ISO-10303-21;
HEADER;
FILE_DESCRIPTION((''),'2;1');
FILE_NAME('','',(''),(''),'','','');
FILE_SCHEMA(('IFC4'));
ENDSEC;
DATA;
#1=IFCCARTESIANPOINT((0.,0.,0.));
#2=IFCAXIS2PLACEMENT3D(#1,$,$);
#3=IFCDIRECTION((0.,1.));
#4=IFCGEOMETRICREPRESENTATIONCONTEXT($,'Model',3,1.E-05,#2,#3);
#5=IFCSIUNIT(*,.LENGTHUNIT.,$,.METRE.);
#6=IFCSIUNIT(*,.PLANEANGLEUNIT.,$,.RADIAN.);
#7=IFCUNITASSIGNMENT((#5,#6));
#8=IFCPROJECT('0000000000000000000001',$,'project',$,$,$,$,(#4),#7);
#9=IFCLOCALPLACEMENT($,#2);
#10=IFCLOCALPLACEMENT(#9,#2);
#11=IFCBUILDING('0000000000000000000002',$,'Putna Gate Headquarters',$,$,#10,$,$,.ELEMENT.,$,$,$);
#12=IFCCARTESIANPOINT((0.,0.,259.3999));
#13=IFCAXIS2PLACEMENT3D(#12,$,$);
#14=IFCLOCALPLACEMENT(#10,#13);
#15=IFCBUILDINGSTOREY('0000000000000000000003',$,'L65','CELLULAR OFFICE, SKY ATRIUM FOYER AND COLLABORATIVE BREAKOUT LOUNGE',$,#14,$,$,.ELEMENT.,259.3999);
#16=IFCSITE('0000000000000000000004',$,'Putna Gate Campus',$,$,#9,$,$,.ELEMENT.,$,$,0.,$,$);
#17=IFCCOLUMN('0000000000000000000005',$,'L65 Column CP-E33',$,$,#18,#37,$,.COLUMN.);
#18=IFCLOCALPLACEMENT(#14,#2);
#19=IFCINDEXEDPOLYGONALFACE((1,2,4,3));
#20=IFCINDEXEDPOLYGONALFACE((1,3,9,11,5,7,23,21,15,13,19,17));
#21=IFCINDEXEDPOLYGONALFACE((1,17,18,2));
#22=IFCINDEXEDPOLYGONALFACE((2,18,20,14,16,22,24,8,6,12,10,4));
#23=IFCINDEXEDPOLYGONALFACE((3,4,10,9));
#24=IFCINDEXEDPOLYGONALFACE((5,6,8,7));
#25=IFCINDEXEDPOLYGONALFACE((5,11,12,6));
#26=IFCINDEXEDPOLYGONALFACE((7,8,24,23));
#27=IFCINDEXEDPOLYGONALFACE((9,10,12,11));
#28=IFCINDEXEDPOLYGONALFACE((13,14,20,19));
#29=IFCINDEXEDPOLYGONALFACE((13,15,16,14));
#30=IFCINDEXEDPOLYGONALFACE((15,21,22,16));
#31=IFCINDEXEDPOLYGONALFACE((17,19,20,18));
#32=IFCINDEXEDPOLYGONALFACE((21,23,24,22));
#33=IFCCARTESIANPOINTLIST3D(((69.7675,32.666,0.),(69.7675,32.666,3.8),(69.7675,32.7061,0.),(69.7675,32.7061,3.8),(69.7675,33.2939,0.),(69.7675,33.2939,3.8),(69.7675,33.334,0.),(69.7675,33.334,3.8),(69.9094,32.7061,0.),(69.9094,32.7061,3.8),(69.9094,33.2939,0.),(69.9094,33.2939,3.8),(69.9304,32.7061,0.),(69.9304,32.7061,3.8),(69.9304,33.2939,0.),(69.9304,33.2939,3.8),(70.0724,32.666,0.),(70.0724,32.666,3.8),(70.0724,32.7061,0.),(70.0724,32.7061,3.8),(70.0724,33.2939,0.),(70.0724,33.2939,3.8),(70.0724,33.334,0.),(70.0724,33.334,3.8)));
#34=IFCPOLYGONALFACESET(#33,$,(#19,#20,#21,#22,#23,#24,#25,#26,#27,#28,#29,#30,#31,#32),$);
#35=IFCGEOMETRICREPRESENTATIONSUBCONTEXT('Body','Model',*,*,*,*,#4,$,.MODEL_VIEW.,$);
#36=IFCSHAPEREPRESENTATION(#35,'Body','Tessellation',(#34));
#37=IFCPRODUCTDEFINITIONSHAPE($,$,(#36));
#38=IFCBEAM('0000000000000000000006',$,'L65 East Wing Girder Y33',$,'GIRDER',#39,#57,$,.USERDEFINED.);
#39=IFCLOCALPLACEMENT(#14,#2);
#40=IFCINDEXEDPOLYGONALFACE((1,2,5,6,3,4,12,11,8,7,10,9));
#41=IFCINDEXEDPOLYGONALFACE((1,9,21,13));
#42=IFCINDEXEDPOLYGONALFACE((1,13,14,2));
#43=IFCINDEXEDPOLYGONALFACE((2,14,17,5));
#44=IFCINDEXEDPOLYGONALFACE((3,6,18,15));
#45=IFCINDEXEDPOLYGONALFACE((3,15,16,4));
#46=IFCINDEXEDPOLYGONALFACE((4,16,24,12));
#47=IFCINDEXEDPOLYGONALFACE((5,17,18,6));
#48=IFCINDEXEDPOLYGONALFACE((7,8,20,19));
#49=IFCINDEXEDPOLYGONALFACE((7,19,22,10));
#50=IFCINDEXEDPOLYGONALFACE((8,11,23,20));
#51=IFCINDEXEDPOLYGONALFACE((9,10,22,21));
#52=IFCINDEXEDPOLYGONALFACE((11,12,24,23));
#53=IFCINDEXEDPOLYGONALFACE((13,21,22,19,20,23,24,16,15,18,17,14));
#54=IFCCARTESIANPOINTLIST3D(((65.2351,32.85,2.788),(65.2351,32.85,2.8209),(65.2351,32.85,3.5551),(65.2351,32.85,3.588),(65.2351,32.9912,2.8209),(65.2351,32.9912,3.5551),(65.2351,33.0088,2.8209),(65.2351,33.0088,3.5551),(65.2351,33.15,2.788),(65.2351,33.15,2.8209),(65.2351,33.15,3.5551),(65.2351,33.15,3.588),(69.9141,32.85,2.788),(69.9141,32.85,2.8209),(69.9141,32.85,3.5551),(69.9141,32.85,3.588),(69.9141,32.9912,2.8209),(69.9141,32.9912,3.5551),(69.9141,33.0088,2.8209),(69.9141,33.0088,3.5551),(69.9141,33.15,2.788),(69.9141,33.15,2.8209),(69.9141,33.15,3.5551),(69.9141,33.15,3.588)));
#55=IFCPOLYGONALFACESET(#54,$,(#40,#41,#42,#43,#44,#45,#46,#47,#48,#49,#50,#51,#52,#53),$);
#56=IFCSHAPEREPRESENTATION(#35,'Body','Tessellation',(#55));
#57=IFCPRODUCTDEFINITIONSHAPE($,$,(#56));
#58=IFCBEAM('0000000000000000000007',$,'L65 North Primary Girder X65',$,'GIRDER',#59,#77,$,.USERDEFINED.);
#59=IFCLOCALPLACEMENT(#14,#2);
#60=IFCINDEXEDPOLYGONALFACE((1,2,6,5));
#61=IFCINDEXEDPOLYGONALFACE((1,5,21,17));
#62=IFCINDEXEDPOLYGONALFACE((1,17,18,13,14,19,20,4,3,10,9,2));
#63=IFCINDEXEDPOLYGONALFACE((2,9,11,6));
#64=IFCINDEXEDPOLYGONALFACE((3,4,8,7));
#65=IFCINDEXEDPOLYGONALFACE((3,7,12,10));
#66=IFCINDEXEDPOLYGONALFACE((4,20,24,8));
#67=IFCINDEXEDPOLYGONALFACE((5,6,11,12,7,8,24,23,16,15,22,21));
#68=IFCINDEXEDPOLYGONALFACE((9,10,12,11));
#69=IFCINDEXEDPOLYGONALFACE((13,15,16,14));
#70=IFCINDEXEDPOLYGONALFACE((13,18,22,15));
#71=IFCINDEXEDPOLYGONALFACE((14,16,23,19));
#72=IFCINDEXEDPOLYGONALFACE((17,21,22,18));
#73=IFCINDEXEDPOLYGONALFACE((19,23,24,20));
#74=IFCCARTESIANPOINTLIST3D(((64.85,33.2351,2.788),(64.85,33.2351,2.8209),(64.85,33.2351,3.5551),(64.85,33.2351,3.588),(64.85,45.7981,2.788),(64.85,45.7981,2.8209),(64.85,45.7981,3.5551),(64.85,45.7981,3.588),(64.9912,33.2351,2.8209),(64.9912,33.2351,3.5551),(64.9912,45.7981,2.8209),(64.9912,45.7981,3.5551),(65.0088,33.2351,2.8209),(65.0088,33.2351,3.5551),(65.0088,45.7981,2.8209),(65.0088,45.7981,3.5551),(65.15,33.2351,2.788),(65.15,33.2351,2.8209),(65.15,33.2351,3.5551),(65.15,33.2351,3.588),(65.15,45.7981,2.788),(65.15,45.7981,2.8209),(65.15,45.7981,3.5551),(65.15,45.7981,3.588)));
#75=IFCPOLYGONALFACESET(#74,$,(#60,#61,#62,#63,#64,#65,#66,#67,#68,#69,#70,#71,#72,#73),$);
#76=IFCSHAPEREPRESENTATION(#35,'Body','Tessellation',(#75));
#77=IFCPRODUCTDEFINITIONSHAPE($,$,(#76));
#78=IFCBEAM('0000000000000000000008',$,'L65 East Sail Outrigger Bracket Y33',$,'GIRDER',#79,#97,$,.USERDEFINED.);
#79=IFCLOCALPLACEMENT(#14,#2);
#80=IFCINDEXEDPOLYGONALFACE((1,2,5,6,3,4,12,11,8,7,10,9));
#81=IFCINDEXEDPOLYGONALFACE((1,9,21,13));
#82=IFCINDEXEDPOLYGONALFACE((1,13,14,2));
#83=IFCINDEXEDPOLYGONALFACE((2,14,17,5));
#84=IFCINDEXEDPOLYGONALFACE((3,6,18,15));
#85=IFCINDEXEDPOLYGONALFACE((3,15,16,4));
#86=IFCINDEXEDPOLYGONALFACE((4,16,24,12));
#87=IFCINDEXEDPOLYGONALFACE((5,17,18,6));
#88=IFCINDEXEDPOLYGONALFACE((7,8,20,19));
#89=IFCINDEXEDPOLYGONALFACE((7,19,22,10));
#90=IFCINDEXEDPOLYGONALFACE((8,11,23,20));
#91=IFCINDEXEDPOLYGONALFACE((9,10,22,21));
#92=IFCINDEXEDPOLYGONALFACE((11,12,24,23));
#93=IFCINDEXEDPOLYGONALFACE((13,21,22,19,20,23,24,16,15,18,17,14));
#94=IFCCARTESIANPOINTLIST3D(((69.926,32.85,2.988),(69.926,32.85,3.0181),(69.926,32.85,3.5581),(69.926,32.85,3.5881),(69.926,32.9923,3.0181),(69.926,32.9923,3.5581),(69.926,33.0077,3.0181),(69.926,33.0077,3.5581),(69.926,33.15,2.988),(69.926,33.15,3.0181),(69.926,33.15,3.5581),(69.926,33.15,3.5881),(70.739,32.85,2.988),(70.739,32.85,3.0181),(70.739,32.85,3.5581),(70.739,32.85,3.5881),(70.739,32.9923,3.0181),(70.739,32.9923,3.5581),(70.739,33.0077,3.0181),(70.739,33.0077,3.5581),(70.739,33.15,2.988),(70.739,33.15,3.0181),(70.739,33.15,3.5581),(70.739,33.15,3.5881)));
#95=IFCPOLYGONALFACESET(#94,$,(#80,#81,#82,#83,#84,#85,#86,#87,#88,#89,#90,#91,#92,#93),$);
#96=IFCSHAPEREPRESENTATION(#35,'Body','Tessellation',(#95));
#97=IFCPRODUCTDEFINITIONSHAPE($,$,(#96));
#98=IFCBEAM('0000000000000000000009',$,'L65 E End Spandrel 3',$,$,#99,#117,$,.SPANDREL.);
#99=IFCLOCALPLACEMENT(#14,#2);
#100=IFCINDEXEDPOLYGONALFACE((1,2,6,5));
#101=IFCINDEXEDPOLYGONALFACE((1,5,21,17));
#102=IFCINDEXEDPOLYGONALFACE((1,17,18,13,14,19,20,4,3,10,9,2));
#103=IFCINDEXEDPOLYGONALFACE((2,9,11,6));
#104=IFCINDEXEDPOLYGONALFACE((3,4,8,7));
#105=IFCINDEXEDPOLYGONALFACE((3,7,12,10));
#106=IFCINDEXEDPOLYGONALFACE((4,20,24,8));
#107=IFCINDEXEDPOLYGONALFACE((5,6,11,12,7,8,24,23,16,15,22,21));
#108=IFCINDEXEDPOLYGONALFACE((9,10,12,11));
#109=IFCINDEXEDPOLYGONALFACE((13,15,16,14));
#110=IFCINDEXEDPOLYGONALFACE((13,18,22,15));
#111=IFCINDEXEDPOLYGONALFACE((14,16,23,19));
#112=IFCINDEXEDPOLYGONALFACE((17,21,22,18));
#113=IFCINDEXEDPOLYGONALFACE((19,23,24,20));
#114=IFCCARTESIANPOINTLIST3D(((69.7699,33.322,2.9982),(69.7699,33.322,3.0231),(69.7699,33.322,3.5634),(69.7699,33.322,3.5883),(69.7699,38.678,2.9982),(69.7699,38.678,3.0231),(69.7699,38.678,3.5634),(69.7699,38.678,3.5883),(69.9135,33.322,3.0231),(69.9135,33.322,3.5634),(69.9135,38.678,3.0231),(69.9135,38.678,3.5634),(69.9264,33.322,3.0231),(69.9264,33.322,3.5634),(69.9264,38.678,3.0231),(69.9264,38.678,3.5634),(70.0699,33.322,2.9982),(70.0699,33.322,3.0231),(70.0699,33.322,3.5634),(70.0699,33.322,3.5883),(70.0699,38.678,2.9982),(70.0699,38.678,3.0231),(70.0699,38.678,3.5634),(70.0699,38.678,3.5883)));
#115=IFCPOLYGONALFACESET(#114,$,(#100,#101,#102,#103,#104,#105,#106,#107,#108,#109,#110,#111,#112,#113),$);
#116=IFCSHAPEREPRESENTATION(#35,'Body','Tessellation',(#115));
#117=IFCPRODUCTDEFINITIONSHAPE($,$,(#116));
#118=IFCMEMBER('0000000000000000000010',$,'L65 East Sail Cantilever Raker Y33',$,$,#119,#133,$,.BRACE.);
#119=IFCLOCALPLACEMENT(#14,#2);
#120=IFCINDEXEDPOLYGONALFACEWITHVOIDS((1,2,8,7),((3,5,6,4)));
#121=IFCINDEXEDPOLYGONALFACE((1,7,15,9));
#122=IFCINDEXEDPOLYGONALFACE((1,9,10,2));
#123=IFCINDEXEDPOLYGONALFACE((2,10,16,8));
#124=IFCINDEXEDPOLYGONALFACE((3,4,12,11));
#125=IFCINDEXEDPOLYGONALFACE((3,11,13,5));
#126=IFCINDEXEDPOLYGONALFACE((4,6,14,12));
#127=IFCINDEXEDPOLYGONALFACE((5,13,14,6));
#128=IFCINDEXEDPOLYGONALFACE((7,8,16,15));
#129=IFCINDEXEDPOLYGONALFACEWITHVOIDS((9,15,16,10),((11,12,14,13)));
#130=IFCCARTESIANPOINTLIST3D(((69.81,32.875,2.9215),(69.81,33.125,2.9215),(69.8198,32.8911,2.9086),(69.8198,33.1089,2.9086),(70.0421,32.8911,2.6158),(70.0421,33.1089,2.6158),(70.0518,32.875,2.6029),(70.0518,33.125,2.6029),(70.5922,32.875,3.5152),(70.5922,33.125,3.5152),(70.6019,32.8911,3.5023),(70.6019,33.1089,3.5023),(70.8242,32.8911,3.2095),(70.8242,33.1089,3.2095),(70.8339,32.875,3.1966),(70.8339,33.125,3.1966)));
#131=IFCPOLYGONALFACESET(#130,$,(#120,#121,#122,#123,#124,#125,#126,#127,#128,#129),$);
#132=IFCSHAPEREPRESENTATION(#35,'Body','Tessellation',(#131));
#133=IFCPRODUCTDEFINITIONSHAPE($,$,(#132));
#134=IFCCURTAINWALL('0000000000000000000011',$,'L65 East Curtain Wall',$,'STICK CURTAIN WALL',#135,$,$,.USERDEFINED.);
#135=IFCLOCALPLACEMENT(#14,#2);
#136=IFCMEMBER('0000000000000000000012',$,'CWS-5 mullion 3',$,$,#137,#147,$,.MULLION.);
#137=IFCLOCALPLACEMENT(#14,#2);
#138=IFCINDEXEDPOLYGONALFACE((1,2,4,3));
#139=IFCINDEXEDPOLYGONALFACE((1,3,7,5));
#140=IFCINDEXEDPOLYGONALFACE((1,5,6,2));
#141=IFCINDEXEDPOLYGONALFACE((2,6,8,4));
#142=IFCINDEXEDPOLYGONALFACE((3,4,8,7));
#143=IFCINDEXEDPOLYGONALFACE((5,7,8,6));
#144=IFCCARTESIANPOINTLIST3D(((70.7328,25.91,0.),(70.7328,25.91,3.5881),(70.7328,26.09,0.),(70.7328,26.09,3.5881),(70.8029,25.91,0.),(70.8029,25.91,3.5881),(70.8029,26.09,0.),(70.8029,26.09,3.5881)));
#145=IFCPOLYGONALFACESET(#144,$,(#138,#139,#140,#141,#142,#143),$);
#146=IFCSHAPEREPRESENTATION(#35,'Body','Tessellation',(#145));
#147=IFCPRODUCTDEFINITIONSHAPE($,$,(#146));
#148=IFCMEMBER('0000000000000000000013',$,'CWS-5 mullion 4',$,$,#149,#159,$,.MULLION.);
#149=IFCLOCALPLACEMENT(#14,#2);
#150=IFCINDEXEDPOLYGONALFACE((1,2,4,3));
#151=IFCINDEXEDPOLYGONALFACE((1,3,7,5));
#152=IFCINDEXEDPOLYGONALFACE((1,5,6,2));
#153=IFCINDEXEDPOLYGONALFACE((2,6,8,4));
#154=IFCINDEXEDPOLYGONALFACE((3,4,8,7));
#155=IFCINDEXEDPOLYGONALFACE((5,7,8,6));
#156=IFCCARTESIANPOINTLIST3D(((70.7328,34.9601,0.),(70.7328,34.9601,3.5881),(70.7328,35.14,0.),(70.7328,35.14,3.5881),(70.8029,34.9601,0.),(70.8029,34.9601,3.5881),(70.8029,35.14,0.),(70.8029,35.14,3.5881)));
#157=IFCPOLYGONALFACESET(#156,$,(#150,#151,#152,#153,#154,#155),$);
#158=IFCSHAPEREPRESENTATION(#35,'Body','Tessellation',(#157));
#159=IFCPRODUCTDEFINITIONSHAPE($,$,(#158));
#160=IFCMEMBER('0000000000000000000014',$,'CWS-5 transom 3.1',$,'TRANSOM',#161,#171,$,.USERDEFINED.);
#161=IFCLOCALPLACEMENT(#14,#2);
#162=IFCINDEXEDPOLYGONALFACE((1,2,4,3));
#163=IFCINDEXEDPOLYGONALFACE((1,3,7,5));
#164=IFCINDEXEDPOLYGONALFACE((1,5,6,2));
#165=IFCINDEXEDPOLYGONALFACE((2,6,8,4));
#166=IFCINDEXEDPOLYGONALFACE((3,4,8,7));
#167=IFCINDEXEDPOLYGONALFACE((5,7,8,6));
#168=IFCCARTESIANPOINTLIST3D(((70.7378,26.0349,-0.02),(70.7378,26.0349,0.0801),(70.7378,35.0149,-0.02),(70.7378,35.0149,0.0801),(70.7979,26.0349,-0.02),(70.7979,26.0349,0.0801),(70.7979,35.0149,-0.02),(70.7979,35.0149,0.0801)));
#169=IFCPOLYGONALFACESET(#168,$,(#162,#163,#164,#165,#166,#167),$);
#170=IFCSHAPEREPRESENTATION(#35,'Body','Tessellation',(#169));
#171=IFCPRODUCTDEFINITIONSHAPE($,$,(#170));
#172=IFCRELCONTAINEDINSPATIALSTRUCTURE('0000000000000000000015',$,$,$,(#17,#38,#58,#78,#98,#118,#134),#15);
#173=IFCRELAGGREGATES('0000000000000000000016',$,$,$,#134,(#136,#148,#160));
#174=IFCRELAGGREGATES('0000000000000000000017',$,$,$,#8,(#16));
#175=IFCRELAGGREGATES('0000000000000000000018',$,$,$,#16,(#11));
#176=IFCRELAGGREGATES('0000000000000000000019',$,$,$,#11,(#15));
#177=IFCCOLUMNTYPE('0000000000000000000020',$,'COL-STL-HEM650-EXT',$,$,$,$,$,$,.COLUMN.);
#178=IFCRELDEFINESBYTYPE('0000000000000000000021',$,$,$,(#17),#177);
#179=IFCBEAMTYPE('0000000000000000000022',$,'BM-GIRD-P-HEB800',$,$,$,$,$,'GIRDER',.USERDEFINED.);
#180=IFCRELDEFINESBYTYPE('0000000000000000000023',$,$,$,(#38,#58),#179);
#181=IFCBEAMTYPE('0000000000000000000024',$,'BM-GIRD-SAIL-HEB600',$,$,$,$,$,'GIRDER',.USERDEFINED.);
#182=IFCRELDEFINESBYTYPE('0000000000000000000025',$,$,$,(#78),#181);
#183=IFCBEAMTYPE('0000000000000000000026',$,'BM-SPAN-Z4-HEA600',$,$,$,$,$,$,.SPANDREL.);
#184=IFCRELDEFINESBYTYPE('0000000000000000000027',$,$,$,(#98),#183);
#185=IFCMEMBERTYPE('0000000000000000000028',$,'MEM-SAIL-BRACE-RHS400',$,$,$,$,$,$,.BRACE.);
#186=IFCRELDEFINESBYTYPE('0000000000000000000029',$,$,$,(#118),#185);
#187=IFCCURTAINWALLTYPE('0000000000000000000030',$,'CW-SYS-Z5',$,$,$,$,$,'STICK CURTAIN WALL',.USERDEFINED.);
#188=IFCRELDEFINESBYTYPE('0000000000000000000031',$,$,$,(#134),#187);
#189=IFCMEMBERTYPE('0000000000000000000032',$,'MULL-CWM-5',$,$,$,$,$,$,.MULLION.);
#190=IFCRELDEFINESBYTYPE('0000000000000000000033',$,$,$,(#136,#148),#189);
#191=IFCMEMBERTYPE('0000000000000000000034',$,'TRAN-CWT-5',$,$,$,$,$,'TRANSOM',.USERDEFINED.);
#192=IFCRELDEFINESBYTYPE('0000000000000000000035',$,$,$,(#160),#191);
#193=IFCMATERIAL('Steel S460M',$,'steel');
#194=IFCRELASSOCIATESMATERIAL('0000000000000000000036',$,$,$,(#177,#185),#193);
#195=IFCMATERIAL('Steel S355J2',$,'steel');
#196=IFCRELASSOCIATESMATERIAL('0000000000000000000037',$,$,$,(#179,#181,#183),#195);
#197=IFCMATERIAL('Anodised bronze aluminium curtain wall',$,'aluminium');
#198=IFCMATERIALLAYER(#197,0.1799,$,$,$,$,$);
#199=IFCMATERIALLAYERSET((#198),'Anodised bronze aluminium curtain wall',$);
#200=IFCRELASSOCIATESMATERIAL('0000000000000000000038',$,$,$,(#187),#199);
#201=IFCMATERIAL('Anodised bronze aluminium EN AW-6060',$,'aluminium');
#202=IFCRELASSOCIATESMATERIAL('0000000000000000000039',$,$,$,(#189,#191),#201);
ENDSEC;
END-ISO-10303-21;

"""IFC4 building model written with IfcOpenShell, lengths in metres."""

from ifc_helpers import new_model, si_unit, direction, frame, origin, origin_2d, place, context, subcontext, project, spatial, rectangle, hollow_rectangle, i_section, extrude, material, layer, layer_set, material_profile, profile_set, type_object, element, aggregate, save


model = new_model("IFC4")

# Units and contexts
model_context = context("Model", 3, precision=1e-05, world=origin(), true_north=direction((0.0, 1.0)))
body_context = subcontext(model_context, "Body", "Model", "MODEL_VIEW")
ifc_project = project(units=[si_unit("LENGTHUNIT", "METRE"), si_unit("PLANEANGLEUNIT", "RADIAN")], contexts=[model_context])

# Site, building, storey
site_placement = place(None, origin())
site = spatial("IfcSite", under=ifc_project, at=site_placement, Name="Putna Gate Campus", CompositionType="ELEMENT", RefElevation=0.0)
building_placement = place(site_placement, origin())
building = spatial("IfcBuilding", under=site, at=building_placement, Name="Putna Gate Headquarters", CompositionType="ELEMENT")
storey_placement = place(building_placement, frame((0.0, 0.0, 259.3999)))
storey = spatial("IfcBuildingStorey", under=building, at=storey_placement, Name="L65", Description="CELLULAR OFFICE, SKY ATRIUM FOYER AND COLLABORATIVE BREAKOUT LOUNGE", CompositionType="ELEMENT", Elevation=259.3999)

# Column
ifc_material_1 = material(Name="Steel S460M", Category="steel")
ifc_material_profile_1 = material_profile(ifc_material_1, i_section(OverallWidth=0.3049, OverallDepth=0.668, WebThickness=0.021, FlangeThickness=0.04, at=origin_2d()), Name="Steel S460M")
ifc_profile_set_1 = profile_set([ifc_material_profile_1], Name="Steel S460M")
column_type = type_object("IfcColumnType", Name="COL-STL-HEM650-EXT", PredefinedType="COLUMN", material=ifc_profile_set_1)
column_placement = place(storey_placement, frame((69.9199, 33.0, 0.0), z_axis=(0.0, 0.0, 1.0), x_axis=(1.0, 0.0, 0.0)))
element("IfcColumn", 1, at=column_placement, inside=storey, type_object=column_type, Name="L65 Column CP-E33", PredefinedType="COLUMN", context=body_context, shape_type="SweptSolid", body=[
    extrude(i_section(OverallWidth=0.3049, OverallDepth=0.668, WebThickness=0.021, FlangeThickness=0.04, at=origin_2d()), origin(), (0.0, 0.0, 1.0), 3.8),
])

# Beams
ifc_material_2 = material(Name="Steel S355J2", Category="steel")
ifc_material_profile_2 = material_profile(ifc_material_2, i_section(OverallWidth=0.3, OverallDepth=0.8, WebThickness=0.0176, FlangeThickness=0.033, at=origin_2d()), Name="Steel S355J2")
ifc_profile_set_2 = profile_set([ifc_material_profile_2], Name="Steel S355J2")
beam_type_1 = type_object("IfcBeamType", Name="BM-GIRD-P-HEB800", ElementType="GIRDER", PredefinedType="USERDEFINED", material=ifc_profile_set_2)
beam_1_placement = place(storey_placement, frame((65.2351, 33.0, 3.188), z_axis=(1.0, 0.0, 0.0), x_axis=(0.0, 1.0, 0.0)))
element("IfcBeam", 2, at=beam_1_placement, inside=storey, type_object=beam_type_1, Name="L65 East Wing Girder Y33", ObjectType="GIRDER", PredefinedType="USERDEFINED", context=body_context, shape_type="SweptSolid", body=[
    extrude(i_section(OverallWidth=0.3, OverallDepth=0.8, WebThickness=0.0176, FlangeThickness=0.033, at=origin_2d()), origin(), (0.0, 0.0, 1.0), 4.679),
])
beam_2_placement = place(storey_placement, frame((65.0, 33.2351, 3.188), z_axis=(0.0, 1.0, 0.0), x_axis=(-1.0, 0.0, 0.0)))
element("IfcBeam", 3, at=beam_2_placement, inside=storey, type_object=beam_type_1, Name="L65 North Primary Girder X65", ObjectType="GIRDER", PredefinedType="USERDEFINED", context=body_context, shape_type="SweptSolid", body=[
    extrude(i_section(OverallWidth=0.3, OverallDepth=0.8, WebThickness=0.0176, FlangeThickness=0.033, at=origin_2d()), origin(), (0.0, 0.0, 1.0), 12.563),
])
ifc_material_profile_3 = material_profile(ifc_material_2, i_section(OverallWidth=0.3, OverallDepth=0.6001, WebThickness=0.0154, FlangeThickness=0.03, at=origin_2d()), Name="Steel S355J2")
ifc_profile_set_3 = profile_set([ifc_material_profile_3], Name="Steel S355J2")
beam_type_2 = type_object("IfcBeamType", Name="BM-GIRD-SAIL-HEB600", ElementType="GIRDER", PredefinedType="USERDEFINED", material=ifc_profile_set_3)
beam_3_placement = place(storey_placement, frame((69.926, 33.0, 3.2881), z_axis=(1.0, 0.0, 0.0), x_axis=(0.0, 1.0, 0.0)))
element("IfcBeam", 4, at=beam_3_placement, inside=storey, type_object=beam_type_2, Name="L65 East Sail Outrigger Bracket Y33", ObjectType="GIRDER", PredefinedType="USERDEFINED", context=body_context, shape_type="SweptSolid", body=[
    extrude(i_section(OverallWidth=0.3, OverallDepth=0.6001, WebThickness=0.0154, FlangeThickness=0.03, at=origin_2d()), origin(), (0.0, 0.0, 1.0), 0.813),
])
ifc_material_profile_4 = material_profile(ifc_material_2, i_section(OverallWidth=0.3, OverallDepth=0.5901, WebThickness=0.0129, FlangeThickness=0.0249, at=origin_2d()), Name="Steel S355J2")
ifc_profile_set_4 = profile_set([ifc_material_profile_4], Name="Steel S355J2")
beam_type_3 = type_object("IfcBeamType", Name="BM-SPAN-Z4-HEA600", PredefinedType="SPANDREL", material=ifc_profile_set_4)
beam_4_placement = place(storey_placement, frame((69.9199, 33.322, 3.2932), z_axis=(0.0, 1.0, 0.0), x_axis=(-1.0, 0.0, 0.0)))
element("IfcBeam", 5, at=beam_4_placement, inside=storey, type_object=beam_type_3, Name="L65 E End Spandrel 3", PredefinedType="SPANDREL", context=body_context, shape_type="SweptSolid", body=[
    extrude(i_section(OverallWidth=0.3, OverallDepth=0.5901, WebThickness=0.0129, FlangeThickness=0.0249, at=origin_2d()), origin(), (0.0, 0.0, 1.0), 5.356),
])

# Member
ifc_material_profile_5 = material_profile(ifc_material_1, hollow_rectangle(XDim=0.25, YDim=0.3999, WallThickness=0.0161, at=origin_2d()), Name="Steel S460M")
ifc_profile_set_5 = profile_set([ifc_material_profile_5], Name="Steel S460M")
member_type_1 = type_object("IfcMemberType", Name="MEM-SAIL-BRACE-RHS400", PredefinedType="BRACE", material=ifc_profile_set_5)
member_1_placement = place(storey_placement, frame((69.9309, 33.0, 2.7622), z_axis=(0.796526, 0.0, 0.604604), x_axis=(0.0, 1.0, 0.0)))
element("IfcMember", 6, at=member_1_placement, inside=storey, type_object=member_type_1, Name="L65 East Sail Cantilever Raker Y33", PredefinedType="BRACE", context=body_context, shape_type="SweptSolid", body=[
    extrude(hollow_rectangle(XDim=0.25, YDim=0.3999, WallThickness=0.0161, at=origin_2d()), origin(), (0.0, 0.0, 1.0), 0.9819),
])

# Curtain wall, members
ifc_material_3 = material(Name="Anodised bronze aluminium curtain wall", Category="aluminium")
ifc_layer_1 = layer(ifc_material_3, 0.1799)
ifc_layer_set_1 = layer_set([ifc_layer_1], Name="Anodised bronze aluminium curtain wall")
curtain_wall_type = type_object("IfcCurtainWallType", Name="CW-SYS-Z5", ElementType="STICK CURTAIN WALL", PredefinedType="USERDEFINED", material=ifc_layer_set_1)
curtain_wall_placement = place(storey_placement, origin())
curtain_wall = element("IfcCurtainWall", 7, at=curtain_wall_placement, inside=storey, type_object=curtain_wall_type, Name="L65 East Curtain Wall", ObjectType="STICK CURTAIN WALL", PredefinedType="USERDEFINED")
ifc_material_4 = material(Name="Anodised bronze aluminium EN AW-6060", Category="aluminium")
ifc_material_profile_6 = material_profile(ifc_material_4, rectangle(XDim=0.0701, YDim=0.1799, at=origin_2d()), Name="Anodised bronze aluminium EN AW-6060")
ifc_profile_set_6 = profile_set([ifc_material_profile_6], Name="Anodised bronze aluminium EN AW-6060")
member_type_2 = type_object("IfcMemberType", Name="MULL-CWM-5", PredefinedType="MULLION", material=ifc_profile_set_6)
member_2_placement = place(storey_placement, frame((70.7678, 26.0, 0.0), z_axis=(0.0, 0.0, 1.0), x_axis=(-1.0, 0.0, 0.0)))
member_2 = element("IfcMember", 8, at=member_2_placement, type_object=member_type_2, Name="CWS-5 mullion 3", PredefinedType="MULLION", context=body_context, shape_type="SweptSolid", body=[
    extrude(rectangle(XDim=0.0701, YDim=0.1799, at=origin_2d()), origin(), (0.0, 0.0, 1.0), 3.5881),
])
member_3_placement = place(storey_placement, frame((70.7678, 35.05, 0.0), z_axis=(0.0, 0.0, 1.0), x_axis=(-1.0, 0.0, 0.0)))
member_3 = element("IfcMember", 9, at=member_3_placement, type_object=member_type_2, Name="CWS-5 mullion 4", PredefinedType="MULLION", context=body_context, shape_type="SweptSolid", body=[
    extrude(rectangle(XDim=0.0701, YDim=0.1799, at=origin_2d()), origin(), (0.0, 0.0, 1.0), 3.5881),
])
ifc_material_profile_7 = material_profile(ifc_material_4, rectangle(XDim=0.0601, YDim=0.1001, at=origin_2d()), Name="Anodised bronze aluminium EN AW-6060")
ifc_profile_set_7 = profile_set([ifc_material_profile_7], Name="Anodised bronze aluminium EN AW-6060")
member_type_3 = type_object("IfcMemberType", Name="TRAN-CWT-5", ElementType="TRANSOM", PredefinedType="USERDEFINED", material=ifc_profile_set_7)
member_4_placement = place(storey_placement, frame((70.7678, 26.0349, 0.03), z_axis=(0.0, 1.0, 0.0), x_axis=(-1.0, 0.0, 0.0)))
member_4 = element("IfcMember", 10, at=member_4_placement, type_object=member_type_3, Name="CWS-5 transom 3.1", ObjectType="TRANSOM", PredefinedType="USERDEFINED", context=body_context, shape_type="SweptSolid", body=[
    extrude(rectangle(XDim=0.0601, YDim=0.1001, at=origin_2d()), origin(), (0.0, 0.0, 1.0), 8.98),
])
aggregate(curtain_wall, [member_2, member_3, member_4])

save(model, "model.ifc")
